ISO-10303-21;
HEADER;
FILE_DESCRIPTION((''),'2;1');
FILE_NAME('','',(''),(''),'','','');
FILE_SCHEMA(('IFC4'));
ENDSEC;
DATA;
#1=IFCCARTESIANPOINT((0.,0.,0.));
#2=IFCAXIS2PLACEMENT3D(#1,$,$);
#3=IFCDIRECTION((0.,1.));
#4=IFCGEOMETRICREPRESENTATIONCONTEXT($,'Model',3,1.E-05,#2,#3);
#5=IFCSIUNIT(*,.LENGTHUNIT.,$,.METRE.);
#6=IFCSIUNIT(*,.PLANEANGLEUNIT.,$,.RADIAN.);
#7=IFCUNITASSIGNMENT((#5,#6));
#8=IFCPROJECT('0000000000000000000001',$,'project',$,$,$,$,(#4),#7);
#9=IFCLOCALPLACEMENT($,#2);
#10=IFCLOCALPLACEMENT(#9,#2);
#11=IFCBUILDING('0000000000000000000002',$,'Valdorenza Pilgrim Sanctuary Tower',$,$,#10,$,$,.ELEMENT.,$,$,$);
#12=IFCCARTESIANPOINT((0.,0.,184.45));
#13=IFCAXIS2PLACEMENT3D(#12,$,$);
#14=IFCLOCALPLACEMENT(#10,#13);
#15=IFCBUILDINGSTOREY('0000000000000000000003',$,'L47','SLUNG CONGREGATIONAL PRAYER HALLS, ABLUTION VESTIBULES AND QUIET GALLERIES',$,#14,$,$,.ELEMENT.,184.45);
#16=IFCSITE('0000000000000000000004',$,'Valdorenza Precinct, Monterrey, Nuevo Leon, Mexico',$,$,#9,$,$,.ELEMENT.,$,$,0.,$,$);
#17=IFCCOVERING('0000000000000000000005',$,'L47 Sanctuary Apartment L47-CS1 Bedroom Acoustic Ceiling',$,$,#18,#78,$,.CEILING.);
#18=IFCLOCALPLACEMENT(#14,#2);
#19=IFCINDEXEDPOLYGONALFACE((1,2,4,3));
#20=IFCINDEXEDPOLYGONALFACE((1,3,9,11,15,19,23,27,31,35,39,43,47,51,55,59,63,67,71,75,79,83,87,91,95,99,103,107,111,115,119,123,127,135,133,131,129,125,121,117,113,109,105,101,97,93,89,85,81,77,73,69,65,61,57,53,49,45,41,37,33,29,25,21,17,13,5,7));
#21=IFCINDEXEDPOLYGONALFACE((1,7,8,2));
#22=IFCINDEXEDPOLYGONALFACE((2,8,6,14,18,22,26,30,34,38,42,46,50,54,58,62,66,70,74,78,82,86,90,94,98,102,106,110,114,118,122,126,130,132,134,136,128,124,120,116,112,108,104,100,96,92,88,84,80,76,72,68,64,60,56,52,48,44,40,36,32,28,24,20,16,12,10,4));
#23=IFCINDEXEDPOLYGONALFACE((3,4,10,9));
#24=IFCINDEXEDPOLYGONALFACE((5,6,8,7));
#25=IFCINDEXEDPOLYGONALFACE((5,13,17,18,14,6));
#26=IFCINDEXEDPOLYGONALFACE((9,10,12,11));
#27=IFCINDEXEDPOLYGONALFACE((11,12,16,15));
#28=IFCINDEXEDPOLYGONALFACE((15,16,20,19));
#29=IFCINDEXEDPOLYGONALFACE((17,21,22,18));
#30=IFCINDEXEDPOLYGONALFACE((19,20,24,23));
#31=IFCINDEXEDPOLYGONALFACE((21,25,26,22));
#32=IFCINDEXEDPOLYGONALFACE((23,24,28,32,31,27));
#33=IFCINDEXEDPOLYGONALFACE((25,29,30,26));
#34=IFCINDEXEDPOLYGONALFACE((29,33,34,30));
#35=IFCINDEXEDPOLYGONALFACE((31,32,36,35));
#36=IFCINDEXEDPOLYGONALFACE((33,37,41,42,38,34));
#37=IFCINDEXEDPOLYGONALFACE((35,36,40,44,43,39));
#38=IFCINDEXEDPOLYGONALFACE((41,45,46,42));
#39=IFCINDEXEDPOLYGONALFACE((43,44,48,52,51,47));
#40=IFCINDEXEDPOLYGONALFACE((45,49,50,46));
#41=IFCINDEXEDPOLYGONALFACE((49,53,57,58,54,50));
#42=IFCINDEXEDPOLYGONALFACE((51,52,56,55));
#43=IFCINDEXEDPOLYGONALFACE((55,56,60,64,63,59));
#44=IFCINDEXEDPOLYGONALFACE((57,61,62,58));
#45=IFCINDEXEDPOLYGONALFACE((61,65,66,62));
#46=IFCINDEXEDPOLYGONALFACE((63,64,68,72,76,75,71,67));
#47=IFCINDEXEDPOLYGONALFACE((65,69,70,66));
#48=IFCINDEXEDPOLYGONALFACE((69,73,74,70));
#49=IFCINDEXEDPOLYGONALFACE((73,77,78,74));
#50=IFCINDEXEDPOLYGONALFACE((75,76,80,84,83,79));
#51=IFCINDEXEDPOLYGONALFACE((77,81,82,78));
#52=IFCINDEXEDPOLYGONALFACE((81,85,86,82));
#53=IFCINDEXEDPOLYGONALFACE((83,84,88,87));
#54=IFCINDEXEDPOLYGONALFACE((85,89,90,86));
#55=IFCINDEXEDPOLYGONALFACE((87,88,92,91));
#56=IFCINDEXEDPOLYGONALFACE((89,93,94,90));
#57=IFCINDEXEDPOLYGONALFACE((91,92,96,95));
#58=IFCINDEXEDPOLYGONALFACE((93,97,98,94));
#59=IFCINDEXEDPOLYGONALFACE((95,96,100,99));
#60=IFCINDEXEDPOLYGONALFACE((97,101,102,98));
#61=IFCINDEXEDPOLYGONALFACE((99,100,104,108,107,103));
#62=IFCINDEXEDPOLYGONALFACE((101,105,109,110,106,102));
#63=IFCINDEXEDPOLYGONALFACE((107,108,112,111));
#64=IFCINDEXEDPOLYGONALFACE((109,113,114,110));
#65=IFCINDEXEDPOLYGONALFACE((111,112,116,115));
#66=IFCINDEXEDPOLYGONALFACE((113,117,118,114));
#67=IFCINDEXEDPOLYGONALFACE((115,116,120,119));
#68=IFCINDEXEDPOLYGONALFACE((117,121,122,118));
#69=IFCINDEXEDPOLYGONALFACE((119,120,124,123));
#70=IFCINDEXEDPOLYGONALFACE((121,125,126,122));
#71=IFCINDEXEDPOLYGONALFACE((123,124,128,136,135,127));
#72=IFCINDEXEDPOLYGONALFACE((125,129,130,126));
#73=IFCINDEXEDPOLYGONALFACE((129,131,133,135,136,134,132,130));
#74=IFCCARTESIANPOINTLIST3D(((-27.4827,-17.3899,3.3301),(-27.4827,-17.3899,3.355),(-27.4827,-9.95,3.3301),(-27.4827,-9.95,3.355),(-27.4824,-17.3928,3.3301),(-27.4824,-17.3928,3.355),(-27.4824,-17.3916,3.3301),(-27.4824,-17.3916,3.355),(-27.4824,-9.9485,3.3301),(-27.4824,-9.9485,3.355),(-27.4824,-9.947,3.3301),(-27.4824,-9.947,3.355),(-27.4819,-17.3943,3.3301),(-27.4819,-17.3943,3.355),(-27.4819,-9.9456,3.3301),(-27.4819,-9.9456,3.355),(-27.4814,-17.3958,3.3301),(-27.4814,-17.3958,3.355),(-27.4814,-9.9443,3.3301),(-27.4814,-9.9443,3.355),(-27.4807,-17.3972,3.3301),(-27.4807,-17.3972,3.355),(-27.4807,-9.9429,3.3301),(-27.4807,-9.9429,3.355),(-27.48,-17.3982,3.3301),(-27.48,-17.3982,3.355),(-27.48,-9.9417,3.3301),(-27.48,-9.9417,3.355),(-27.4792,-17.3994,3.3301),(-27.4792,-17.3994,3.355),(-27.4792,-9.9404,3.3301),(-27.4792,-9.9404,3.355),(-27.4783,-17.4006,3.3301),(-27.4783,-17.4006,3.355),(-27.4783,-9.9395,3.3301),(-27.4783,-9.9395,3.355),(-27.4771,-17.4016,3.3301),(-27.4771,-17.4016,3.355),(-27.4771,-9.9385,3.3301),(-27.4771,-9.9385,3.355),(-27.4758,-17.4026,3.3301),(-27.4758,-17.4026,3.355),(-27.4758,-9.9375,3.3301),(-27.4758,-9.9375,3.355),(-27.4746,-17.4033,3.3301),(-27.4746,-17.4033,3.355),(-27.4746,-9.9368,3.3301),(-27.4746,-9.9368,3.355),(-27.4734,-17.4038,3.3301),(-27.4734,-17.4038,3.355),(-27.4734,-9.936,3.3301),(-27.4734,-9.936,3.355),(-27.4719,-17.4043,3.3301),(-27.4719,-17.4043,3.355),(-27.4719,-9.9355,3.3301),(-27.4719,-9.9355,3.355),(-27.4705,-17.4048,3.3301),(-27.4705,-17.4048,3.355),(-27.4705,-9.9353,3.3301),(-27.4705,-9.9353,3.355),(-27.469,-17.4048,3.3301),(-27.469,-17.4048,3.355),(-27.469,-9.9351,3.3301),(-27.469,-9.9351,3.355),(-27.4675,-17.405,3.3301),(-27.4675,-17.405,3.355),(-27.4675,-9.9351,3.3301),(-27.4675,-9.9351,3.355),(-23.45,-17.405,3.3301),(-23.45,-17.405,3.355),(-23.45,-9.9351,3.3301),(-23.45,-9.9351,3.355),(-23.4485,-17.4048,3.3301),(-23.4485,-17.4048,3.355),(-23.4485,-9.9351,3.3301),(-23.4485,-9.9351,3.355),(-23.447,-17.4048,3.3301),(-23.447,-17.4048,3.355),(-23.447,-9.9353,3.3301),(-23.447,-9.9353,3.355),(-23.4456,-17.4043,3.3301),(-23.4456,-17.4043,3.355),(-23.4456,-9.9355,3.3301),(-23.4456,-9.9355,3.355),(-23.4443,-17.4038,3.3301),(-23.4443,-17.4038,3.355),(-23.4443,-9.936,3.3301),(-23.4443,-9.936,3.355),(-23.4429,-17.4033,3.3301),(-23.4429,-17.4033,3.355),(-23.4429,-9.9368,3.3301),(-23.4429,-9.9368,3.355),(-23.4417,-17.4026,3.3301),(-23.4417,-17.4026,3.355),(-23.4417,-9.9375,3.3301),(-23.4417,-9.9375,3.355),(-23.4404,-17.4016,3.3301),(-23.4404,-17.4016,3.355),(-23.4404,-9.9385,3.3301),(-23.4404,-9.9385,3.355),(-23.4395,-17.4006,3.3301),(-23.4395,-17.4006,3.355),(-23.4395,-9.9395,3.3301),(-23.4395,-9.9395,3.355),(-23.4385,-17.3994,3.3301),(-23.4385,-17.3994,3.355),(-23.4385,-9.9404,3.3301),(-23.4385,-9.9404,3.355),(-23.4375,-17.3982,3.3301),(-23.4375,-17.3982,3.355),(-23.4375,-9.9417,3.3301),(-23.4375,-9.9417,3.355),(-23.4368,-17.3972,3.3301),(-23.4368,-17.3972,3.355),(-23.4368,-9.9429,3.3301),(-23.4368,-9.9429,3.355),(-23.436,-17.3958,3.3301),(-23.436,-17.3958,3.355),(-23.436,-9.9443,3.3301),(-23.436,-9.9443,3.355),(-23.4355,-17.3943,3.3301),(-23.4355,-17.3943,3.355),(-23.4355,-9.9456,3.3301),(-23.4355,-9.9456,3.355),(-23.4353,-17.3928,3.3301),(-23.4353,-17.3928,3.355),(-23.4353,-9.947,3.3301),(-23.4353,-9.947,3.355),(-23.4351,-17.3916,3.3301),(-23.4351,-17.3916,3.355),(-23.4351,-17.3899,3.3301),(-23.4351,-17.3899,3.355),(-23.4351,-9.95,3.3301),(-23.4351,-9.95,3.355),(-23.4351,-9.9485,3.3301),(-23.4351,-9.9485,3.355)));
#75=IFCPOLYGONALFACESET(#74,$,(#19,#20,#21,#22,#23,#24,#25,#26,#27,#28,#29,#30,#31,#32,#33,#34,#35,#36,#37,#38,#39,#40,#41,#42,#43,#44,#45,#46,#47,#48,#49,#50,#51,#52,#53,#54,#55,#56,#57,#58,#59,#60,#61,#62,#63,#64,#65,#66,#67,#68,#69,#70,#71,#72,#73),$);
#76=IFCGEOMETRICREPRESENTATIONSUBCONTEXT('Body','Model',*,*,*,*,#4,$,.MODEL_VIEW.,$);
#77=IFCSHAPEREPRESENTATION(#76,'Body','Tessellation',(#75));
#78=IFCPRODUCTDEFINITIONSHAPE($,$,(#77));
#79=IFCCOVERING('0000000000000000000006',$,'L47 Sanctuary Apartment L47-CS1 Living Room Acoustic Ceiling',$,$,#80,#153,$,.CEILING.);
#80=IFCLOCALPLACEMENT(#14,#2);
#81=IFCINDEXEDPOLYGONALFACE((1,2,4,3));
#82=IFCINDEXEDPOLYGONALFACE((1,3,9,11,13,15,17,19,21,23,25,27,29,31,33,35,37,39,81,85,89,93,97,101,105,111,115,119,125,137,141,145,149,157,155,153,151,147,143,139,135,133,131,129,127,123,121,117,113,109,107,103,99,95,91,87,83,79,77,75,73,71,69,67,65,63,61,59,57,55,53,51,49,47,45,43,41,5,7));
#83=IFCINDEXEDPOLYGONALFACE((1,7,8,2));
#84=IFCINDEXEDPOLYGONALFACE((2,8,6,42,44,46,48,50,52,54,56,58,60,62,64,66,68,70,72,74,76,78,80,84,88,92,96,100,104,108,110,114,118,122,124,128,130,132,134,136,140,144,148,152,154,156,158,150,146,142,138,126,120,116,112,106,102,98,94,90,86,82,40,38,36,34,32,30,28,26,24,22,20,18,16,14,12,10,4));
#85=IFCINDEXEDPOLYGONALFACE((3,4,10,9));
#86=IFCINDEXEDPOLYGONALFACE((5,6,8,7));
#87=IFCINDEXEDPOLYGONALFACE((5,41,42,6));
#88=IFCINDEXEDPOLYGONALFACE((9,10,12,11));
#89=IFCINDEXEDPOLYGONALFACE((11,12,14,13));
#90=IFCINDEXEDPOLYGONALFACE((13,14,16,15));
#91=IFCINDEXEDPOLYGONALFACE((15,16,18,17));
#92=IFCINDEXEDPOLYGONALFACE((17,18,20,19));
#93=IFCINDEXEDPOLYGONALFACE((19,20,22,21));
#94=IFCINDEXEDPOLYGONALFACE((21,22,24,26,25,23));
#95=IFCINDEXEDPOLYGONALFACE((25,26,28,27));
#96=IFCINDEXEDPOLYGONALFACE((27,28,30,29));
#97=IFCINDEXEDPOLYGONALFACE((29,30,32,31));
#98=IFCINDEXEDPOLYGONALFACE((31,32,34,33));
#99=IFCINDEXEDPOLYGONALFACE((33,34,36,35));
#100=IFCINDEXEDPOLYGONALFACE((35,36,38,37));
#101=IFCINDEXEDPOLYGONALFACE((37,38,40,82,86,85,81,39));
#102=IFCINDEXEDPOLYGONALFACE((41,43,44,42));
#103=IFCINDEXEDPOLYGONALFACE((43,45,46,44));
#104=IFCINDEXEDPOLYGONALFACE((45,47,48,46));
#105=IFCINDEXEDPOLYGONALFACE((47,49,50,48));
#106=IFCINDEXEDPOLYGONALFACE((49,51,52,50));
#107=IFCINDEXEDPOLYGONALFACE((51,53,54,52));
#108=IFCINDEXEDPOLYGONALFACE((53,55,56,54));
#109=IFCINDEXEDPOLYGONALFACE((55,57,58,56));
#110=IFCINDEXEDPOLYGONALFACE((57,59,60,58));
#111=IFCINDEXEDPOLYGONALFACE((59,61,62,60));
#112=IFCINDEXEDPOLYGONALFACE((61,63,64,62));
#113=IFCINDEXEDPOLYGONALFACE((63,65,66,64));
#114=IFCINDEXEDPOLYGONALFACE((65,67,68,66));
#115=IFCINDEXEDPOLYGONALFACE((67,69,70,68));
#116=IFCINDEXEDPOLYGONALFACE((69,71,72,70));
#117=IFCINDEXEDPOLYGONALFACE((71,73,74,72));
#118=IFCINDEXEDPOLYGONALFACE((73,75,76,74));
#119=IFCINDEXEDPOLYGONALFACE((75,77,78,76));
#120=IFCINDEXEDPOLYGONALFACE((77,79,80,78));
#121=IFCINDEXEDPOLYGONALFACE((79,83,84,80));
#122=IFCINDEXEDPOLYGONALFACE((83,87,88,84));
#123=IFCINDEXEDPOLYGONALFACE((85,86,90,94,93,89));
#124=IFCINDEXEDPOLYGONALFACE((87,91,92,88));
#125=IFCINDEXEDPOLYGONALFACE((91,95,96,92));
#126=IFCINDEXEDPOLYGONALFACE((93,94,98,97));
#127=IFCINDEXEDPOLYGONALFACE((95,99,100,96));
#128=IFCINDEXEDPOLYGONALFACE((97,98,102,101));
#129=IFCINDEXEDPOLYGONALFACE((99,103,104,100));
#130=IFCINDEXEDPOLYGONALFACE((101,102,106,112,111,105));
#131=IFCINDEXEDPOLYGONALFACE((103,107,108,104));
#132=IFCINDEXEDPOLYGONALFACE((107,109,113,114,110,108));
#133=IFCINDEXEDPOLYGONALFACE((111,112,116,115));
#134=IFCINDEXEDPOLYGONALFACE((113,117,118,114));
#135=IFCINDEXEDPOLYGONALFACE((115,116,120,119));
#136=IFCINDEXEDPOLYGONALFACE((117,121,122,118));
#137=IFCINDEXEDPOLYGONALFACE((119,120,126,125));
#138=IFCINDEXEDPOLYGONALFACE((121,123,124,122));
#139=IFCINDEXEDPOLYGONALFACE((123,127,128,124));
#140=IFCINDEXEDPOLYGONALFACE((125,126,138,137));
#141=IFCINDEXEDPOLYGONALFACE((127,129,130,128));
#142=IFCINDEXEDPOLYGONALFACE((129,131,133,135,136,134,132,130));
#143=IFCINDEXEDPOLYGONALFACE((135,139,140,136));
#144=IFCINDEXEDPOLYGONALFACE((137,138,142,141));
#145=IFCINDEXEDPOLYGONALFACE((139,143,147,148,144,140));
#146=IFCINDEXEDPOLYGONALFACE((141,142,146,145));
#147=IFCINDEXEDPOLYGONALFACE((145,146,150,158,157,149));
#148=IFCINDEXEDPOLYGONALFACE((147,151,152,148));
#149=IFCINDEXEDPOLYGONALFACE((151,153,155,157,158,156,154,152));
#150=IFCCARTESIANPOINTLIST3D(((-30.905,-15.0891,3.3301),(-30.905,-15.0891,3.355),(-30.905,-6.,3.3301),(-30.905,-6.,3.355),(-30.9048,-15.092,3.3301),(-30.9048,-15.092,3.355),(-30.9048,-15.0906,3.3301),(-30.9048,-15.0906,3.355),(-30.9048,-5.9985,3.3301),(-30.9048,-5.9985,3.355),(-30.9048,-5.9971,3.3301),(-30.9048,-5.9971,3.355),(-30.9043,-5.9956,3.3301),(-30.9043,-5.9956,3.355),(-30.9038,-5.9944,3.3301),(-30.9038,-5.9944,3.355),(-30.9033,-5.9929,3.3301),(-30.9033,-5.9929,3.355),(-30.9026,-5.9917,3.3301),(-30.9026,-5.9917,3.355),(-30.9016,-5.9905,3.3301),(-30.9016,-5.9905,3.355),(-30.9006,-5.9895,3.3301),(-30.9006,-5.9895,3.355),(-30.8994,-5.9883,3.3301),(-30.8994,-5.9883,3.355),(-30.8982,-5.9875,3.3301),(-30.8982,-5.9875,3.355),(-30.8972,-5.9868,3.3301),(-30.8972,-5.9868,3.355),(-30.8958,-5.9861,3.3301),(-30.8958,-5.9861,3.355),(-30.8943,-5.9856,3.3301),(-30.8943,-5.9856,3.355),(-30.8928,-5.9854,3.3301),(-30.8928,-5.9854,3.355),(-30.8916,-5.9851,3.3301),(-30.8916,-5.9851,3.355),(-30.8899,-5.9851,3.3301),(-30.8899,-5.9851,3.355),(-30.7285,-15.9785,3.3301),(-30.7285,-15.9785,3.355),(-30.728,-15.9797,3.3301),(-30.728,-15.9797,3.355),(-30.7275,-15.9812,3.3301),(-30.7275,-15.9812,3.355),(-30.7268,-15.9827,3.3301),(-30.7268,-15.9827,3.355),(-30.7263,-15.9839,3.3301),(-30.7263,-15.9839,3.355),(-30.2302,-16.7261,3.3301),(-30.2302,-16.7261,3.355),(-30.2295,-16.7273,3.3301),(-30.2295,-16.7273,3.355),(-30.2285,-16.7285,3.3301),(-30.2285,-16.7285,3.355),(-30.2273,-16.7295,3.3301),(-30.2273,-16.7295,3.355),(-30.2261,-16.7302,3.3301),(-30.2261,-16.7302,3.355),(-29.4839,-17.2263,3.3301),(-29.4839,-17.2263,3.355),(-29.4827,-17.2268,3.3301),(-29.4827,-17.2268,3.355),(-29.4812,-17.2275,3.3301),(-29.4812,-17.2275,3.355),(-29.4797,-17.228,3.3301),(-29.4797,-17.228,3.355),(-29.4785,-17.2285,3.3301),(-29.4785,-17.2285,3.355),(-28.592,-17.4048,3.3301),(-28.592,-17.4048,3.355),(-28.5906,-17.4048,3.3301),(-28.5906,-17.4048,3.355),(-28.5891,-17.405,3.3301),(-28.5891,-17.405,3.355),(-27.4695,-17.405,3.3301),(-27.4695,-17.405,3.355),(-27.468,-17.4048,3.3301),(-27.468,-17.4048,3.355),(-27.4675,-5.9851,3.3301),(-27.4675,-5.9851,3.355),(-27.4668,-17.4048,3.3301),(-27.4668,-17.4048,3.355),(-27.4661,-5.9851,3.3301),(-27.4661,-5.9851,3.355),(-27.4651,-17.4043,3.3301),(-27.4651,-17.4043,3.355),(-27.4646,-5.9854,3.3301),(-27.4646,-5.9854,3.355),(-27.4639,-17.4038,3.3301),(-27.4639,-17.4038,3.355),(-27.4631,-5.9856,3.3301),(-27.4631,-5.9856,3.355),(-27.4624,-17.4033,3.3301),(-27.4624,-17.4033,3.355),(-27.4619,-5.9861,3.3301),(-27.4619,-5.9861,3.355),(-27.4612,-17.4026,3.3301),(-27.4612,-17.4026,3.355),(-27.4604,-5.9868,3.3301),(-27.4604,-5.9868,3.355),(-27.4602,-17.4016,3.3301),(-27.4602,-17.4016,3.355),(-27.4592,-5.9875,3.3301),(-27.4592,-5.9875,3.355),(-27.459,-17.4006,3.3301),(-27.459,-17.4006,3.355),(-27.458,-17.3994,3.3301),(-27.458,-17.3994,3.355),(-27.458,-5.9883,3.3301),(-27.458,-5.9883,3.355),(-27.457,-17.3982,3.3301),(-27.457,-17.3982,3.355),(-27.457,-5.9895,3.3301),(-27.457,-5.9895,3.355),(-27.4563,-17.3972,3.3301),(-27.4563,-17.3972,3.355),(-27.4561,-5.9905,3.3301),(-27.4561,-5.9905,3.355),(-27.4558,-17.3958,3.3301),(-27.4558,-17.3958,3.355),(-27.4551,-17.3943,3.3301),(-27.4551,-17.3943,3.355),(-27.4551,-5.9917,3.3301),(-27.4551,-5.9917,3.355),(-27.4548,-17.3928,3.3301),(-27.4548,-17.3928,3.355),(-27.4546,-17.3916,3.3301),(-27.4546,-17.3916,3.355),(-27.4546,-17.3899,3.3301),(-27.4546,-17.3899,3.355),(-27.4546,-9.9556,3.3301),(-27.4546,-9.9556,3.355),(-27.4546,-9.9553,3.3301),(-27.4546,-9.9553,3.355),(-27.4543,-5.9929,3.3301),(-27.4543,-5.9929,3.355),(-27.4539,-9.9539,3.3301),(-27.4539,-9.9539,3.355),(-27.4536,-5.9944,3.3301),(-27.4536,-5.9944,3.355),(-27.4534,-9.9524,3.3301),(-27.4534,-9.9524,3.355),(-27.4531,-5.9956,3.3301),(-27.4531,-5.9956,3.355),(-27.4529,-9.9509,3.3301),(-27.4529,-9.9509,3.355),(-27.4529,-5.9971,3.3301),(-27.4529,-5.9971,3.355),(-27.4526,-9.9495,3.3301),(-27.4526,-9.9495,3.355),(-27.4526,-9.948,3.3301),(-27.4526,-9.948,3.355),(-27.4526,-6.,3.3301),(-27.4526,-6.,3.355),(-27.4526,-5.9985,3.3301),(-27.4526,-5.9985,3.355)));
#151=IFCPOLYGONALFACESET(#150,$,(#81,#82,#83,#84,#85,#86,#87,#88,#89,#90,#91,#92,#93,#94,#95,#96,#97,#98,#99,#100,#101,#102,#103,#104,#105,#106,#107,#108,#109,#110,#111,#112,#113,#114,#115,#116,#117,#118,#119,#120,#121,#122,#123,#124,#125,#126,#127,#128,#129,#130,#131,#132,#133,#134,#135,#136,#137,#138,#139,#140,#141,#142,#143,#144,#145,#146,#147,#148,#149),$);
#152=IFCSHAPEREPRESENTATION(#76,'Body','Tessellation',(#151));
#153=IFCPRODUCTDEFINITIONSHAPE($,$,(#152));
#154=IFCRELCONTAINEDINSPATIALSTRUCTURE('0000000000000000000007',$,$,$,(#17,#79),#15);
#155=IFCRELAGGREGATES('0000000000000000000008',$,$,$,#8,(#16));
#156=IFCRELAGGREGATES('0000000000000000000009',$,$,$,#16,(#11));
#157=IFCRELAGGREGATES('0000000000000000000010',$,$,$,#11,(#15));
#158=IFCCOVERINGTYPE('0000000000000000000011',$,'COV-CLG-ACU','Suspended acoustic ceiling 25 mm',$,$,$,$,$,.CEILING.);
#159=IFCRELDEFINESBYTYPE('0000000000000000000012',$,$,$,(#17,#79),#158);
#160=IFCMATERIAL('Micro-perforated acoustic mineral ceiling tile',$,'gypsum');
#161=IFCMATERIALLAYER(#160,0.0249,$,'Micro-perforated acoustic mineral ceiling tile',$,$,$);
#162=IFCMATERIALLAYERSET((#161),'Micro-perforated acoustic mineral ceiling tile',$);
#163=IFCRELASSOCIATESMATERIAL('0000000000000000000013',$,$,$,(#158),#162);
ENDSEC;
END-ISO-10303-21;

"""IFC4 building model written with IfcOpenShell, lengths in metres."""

from ifc_helpers import new_model, si_unit, direction, frame, origin, place, context, subcontext, project, spatial, polyline, outline, extrude, material, layer, layer_set, type_object, element, save


model = new_model("IFC4")

# Units and contexts
model_context = context("Model", 3, precision=1e-05, world=origin(), true_north=direction((0.0, 1.0)))
body_context = subcontext(model_context, "Body", "Model", "MODEL_VIEW")
ifc_project = project(units=[si_unit("LENGTHUNIT", "METRE"), si_unit("PLANEANGLEUNIT", "RADIAN")], contexts=[model_context])

# Site, building, storey
site_placement = place(None, origin())
site = spatial("IfcSite", under=ifc_project, at=site_placement, Name="Valdorenza Precinct, Monterrey, Nuevo Leon, Mexico", CompositionType="ELEMENT", RefElevation=0.0)
building_placement = place(site_placement, origin())
building = spatial("IfcBuilding", under=site, at=building_placement, Name="Valdorenza Pilgrim Sanctuary Tower", CompositionType="ELEMENT")
storey_placement = place(building_placement, frame((0.0, 0.0, 184.45)))
storey = spatial("IfcBuildingStorey", under=building, at=storey_placement, Name="L47", Description="SLUNG CONGREGATIONAL PRAYER HALLS, ABLUTION VESTIBULES AND QUIET GALLERIES", CompositionType="ELEMENT", Elevation=184.45)

# Coverings
ifc_material_1 = material(Name="Micro-perforated acoustic mineral ceiling tile", Category="gypsum")
ifc_layer_1 = layer(ifc_material_1, 0.0249, Name="Micro-perforated acoustic mineral ceiling tile")
ifc_layer_set_1 = layer_set([ifc_layer_1], Name="Micro-perforated acoustic mineral ceiling tile")
covering_type_1 = type_object("IfcCoveringType", Name="COV-CLG-ACU", Description="Suspended acoustic ceiling 25 mm", PredefinedType="CEILING", material=ifc_layer_set_1)
covering_1_placement = place(storey_placement, frame((0.0, 0.0, 3.3301)))
element("IfcCovering", 1, at=covering_1_placement, inside=storey, type_object=covering_type_1, Name="L47 Sanctuary Apartment L47-CS1 Bedroom Acoustic Ceiling", PredefinedType="CEILING", context=body_context, shape_type="SweptSolid", body=[
    extrude(outline(polyline([(-27.4827, -9.95), (-27.4824, -9.9485), (-27.4824, -9.947), (-27.4819, -9.9456), (-27.4814, -9.9443), (-27.4807, -9.9429), (-27.48, -9.9417), (-27.4792, -9.9404), (-27.4783, -9.9395), (-27.4771, -9.9385), (-27.4758, -9.9375), (-27.4746, -9.9368), (-27.4734, -9.936), (-27.4719, -9.9355), (-27.4705, -9.9353), (-27.469, -9.9351), (-27.4675, -9.9351), (-23.45, -9.9351), (-23.4485, -9.9351), (-23.447, -9.9353), (-23.4456, -9.9355), (-23.4443, -9.936), (-23.4429, -9.9368), (-23.4417, -9.9375), (-23.4404, -9.9385), (-23.4395, -9.9395), (-23.4385, -9.9404), (-23.4375, -9.9417), (-23.4368, -9.9429), (-23.436, -9.9443), (-23.4355, -9.9456), (-23.4353, -9.947), (-23.4351, -9.9485), (-23.4351, -9.95), (-23.4351, -17.3899), (-23.4351, -17.3916), (-23.4353, -17.3928), (-23.4355, -17.3943), (-23.436, -17.3958), (-23.4368, -17.3972), (-23.4375, -17.3982), (-23.4385, -17.3994), (-23.4395, -17.4006), (-23.4404, -17.4016), (-23.4417, -17.4026), (-23.4429, -17.4033), (-23.4443, -17.4038), (-23.4456, -17.4043), (-23.447, -17.4048), (-23.4485, -17.4048), (-23.45, -17.405), (-27.4675, -17.405), (-27.469, -17.4048), (-27.4705, -17.4048), (-27.4719, -17.4043), (-27.4734, -17.4038), (-27.4746, -17.4033), (-27.4758, -17.4026), (-27.4771, -17.4016), (-27.4783, -17.4006), (-27.4792, -17.3994), (-27.48, -17.3982), (-27.4807, -17.3972), (-27.4814, -17.3958), (-27.4819, -17.3943), (-27.4824, -17.3928), (-27.4824, -17.3916), (-27.4827, -17.3899), (-27.4827, -9.95)])), origin(), (0.0, 0.0, 1.0), 0.0249),
])
covering_2_placement = place(storey_placement, frame((0.0, 0.0, 3.3301)))
element("IfcCovering", 2, at=covering_2_placement, inside=storey, type_object=covering_type_1, Name="L47 Sanctuary Apartment L47-CS1 Living Room Acoustic Ceiling", PredefinedType="CEILING", context=body_context, shape_type="SweptSolid", body=[
    extrude(outline(polyline([(-29.4785, -17.2285), (-29.4797, -17.228), (-29.4812, -17.2275), (-29.4827, -17.2268), (-29.4839, -17.2263), (-30.2261, -16.7302), (-30.2273, -16.7295), (-30.2285, -16.7285), (-30.2295, -16.7273), (-30.2302, -16.7261), (-30.7263, -15.9839), (-30.7268, -15.9827), (-30.7275, -15.9812), (-30.728, -15.9797), (-30.7285, -15.9785), (-30.9048, -15.092), (-30.9048, -15.0906), (-30.905, -15.0891), (-30.905, -6.0), (-30.9048, -5.9985), (-30.9048, -5.9971), (-30.9043, -5.9956), (-30.9038, -5.9944), (-30.9033, -5.9929), (-30.9026, -5.9917), (-30.9016, -5.9905), (-30.9006, -5.9895), (-30.8994, -5.9883), (-30.8982, -5.9875), (-30.8972, -5.9868), (-30.8958, -5.9861), (-30.8943, -5.9856), (-30.8928, -5.9854), (-30.8916, -5.9851), (-30.8899, -5.9851), (-27.4675, -5.9851), (-27.4661, -5.9851), (-27.4646, -5.9854), (-27.4631, -5.9856), (-27.4619, -5.9861), (-27.4604, -5.9868), (-27.4592, -5.9875), (-27.458, -5.9883), (-27.457, -5.9895), (-27.4561, -5.9905), (-27.4551, -5.9917), (-27.4543, -5.9929), (-27.4536, -5.9944), (-27.4531, -5.9956), (-27.4529, -5.9971), (-27.4526, -5.9985), (-27.4526, -6.0), (-27.4526, -9.948), (-27.4526, -9.9495), (-27.4529, -9.9509), (-27.4534, -9.9524), (-27.4539, -9.9539), (-27.4546, -9.9553), (-27.4546, -9.9556), (-27.4546, -17.3899), (-27.4546, -17.3916), (-27.4548, -17.3928), (-27.4551, -17.3943), (-27.4558, -17.3958), (-27.4563, -17.3972), (-27.457, -17.3982), (-27.458, -17.3994), (-27.459, -17.4006), (-27.4602, -17.4016), (-27.4612, -17.4026), (-27.4624, -17.4033), (-27.4639, -17.4038), (-27.4651, -17.4043), (-27.4668, -17.4048), (-27.468, -17.4048), (-27.4695, -17.405), (-28.5891, -17.405), (-28.5906, -17.4048), (-28.592, -17.4048), (-29.4785, -17.2285)])), origin(), (0.0, 0.0, 1.0), 0.0249),
])

save(model, "model.ifc")
